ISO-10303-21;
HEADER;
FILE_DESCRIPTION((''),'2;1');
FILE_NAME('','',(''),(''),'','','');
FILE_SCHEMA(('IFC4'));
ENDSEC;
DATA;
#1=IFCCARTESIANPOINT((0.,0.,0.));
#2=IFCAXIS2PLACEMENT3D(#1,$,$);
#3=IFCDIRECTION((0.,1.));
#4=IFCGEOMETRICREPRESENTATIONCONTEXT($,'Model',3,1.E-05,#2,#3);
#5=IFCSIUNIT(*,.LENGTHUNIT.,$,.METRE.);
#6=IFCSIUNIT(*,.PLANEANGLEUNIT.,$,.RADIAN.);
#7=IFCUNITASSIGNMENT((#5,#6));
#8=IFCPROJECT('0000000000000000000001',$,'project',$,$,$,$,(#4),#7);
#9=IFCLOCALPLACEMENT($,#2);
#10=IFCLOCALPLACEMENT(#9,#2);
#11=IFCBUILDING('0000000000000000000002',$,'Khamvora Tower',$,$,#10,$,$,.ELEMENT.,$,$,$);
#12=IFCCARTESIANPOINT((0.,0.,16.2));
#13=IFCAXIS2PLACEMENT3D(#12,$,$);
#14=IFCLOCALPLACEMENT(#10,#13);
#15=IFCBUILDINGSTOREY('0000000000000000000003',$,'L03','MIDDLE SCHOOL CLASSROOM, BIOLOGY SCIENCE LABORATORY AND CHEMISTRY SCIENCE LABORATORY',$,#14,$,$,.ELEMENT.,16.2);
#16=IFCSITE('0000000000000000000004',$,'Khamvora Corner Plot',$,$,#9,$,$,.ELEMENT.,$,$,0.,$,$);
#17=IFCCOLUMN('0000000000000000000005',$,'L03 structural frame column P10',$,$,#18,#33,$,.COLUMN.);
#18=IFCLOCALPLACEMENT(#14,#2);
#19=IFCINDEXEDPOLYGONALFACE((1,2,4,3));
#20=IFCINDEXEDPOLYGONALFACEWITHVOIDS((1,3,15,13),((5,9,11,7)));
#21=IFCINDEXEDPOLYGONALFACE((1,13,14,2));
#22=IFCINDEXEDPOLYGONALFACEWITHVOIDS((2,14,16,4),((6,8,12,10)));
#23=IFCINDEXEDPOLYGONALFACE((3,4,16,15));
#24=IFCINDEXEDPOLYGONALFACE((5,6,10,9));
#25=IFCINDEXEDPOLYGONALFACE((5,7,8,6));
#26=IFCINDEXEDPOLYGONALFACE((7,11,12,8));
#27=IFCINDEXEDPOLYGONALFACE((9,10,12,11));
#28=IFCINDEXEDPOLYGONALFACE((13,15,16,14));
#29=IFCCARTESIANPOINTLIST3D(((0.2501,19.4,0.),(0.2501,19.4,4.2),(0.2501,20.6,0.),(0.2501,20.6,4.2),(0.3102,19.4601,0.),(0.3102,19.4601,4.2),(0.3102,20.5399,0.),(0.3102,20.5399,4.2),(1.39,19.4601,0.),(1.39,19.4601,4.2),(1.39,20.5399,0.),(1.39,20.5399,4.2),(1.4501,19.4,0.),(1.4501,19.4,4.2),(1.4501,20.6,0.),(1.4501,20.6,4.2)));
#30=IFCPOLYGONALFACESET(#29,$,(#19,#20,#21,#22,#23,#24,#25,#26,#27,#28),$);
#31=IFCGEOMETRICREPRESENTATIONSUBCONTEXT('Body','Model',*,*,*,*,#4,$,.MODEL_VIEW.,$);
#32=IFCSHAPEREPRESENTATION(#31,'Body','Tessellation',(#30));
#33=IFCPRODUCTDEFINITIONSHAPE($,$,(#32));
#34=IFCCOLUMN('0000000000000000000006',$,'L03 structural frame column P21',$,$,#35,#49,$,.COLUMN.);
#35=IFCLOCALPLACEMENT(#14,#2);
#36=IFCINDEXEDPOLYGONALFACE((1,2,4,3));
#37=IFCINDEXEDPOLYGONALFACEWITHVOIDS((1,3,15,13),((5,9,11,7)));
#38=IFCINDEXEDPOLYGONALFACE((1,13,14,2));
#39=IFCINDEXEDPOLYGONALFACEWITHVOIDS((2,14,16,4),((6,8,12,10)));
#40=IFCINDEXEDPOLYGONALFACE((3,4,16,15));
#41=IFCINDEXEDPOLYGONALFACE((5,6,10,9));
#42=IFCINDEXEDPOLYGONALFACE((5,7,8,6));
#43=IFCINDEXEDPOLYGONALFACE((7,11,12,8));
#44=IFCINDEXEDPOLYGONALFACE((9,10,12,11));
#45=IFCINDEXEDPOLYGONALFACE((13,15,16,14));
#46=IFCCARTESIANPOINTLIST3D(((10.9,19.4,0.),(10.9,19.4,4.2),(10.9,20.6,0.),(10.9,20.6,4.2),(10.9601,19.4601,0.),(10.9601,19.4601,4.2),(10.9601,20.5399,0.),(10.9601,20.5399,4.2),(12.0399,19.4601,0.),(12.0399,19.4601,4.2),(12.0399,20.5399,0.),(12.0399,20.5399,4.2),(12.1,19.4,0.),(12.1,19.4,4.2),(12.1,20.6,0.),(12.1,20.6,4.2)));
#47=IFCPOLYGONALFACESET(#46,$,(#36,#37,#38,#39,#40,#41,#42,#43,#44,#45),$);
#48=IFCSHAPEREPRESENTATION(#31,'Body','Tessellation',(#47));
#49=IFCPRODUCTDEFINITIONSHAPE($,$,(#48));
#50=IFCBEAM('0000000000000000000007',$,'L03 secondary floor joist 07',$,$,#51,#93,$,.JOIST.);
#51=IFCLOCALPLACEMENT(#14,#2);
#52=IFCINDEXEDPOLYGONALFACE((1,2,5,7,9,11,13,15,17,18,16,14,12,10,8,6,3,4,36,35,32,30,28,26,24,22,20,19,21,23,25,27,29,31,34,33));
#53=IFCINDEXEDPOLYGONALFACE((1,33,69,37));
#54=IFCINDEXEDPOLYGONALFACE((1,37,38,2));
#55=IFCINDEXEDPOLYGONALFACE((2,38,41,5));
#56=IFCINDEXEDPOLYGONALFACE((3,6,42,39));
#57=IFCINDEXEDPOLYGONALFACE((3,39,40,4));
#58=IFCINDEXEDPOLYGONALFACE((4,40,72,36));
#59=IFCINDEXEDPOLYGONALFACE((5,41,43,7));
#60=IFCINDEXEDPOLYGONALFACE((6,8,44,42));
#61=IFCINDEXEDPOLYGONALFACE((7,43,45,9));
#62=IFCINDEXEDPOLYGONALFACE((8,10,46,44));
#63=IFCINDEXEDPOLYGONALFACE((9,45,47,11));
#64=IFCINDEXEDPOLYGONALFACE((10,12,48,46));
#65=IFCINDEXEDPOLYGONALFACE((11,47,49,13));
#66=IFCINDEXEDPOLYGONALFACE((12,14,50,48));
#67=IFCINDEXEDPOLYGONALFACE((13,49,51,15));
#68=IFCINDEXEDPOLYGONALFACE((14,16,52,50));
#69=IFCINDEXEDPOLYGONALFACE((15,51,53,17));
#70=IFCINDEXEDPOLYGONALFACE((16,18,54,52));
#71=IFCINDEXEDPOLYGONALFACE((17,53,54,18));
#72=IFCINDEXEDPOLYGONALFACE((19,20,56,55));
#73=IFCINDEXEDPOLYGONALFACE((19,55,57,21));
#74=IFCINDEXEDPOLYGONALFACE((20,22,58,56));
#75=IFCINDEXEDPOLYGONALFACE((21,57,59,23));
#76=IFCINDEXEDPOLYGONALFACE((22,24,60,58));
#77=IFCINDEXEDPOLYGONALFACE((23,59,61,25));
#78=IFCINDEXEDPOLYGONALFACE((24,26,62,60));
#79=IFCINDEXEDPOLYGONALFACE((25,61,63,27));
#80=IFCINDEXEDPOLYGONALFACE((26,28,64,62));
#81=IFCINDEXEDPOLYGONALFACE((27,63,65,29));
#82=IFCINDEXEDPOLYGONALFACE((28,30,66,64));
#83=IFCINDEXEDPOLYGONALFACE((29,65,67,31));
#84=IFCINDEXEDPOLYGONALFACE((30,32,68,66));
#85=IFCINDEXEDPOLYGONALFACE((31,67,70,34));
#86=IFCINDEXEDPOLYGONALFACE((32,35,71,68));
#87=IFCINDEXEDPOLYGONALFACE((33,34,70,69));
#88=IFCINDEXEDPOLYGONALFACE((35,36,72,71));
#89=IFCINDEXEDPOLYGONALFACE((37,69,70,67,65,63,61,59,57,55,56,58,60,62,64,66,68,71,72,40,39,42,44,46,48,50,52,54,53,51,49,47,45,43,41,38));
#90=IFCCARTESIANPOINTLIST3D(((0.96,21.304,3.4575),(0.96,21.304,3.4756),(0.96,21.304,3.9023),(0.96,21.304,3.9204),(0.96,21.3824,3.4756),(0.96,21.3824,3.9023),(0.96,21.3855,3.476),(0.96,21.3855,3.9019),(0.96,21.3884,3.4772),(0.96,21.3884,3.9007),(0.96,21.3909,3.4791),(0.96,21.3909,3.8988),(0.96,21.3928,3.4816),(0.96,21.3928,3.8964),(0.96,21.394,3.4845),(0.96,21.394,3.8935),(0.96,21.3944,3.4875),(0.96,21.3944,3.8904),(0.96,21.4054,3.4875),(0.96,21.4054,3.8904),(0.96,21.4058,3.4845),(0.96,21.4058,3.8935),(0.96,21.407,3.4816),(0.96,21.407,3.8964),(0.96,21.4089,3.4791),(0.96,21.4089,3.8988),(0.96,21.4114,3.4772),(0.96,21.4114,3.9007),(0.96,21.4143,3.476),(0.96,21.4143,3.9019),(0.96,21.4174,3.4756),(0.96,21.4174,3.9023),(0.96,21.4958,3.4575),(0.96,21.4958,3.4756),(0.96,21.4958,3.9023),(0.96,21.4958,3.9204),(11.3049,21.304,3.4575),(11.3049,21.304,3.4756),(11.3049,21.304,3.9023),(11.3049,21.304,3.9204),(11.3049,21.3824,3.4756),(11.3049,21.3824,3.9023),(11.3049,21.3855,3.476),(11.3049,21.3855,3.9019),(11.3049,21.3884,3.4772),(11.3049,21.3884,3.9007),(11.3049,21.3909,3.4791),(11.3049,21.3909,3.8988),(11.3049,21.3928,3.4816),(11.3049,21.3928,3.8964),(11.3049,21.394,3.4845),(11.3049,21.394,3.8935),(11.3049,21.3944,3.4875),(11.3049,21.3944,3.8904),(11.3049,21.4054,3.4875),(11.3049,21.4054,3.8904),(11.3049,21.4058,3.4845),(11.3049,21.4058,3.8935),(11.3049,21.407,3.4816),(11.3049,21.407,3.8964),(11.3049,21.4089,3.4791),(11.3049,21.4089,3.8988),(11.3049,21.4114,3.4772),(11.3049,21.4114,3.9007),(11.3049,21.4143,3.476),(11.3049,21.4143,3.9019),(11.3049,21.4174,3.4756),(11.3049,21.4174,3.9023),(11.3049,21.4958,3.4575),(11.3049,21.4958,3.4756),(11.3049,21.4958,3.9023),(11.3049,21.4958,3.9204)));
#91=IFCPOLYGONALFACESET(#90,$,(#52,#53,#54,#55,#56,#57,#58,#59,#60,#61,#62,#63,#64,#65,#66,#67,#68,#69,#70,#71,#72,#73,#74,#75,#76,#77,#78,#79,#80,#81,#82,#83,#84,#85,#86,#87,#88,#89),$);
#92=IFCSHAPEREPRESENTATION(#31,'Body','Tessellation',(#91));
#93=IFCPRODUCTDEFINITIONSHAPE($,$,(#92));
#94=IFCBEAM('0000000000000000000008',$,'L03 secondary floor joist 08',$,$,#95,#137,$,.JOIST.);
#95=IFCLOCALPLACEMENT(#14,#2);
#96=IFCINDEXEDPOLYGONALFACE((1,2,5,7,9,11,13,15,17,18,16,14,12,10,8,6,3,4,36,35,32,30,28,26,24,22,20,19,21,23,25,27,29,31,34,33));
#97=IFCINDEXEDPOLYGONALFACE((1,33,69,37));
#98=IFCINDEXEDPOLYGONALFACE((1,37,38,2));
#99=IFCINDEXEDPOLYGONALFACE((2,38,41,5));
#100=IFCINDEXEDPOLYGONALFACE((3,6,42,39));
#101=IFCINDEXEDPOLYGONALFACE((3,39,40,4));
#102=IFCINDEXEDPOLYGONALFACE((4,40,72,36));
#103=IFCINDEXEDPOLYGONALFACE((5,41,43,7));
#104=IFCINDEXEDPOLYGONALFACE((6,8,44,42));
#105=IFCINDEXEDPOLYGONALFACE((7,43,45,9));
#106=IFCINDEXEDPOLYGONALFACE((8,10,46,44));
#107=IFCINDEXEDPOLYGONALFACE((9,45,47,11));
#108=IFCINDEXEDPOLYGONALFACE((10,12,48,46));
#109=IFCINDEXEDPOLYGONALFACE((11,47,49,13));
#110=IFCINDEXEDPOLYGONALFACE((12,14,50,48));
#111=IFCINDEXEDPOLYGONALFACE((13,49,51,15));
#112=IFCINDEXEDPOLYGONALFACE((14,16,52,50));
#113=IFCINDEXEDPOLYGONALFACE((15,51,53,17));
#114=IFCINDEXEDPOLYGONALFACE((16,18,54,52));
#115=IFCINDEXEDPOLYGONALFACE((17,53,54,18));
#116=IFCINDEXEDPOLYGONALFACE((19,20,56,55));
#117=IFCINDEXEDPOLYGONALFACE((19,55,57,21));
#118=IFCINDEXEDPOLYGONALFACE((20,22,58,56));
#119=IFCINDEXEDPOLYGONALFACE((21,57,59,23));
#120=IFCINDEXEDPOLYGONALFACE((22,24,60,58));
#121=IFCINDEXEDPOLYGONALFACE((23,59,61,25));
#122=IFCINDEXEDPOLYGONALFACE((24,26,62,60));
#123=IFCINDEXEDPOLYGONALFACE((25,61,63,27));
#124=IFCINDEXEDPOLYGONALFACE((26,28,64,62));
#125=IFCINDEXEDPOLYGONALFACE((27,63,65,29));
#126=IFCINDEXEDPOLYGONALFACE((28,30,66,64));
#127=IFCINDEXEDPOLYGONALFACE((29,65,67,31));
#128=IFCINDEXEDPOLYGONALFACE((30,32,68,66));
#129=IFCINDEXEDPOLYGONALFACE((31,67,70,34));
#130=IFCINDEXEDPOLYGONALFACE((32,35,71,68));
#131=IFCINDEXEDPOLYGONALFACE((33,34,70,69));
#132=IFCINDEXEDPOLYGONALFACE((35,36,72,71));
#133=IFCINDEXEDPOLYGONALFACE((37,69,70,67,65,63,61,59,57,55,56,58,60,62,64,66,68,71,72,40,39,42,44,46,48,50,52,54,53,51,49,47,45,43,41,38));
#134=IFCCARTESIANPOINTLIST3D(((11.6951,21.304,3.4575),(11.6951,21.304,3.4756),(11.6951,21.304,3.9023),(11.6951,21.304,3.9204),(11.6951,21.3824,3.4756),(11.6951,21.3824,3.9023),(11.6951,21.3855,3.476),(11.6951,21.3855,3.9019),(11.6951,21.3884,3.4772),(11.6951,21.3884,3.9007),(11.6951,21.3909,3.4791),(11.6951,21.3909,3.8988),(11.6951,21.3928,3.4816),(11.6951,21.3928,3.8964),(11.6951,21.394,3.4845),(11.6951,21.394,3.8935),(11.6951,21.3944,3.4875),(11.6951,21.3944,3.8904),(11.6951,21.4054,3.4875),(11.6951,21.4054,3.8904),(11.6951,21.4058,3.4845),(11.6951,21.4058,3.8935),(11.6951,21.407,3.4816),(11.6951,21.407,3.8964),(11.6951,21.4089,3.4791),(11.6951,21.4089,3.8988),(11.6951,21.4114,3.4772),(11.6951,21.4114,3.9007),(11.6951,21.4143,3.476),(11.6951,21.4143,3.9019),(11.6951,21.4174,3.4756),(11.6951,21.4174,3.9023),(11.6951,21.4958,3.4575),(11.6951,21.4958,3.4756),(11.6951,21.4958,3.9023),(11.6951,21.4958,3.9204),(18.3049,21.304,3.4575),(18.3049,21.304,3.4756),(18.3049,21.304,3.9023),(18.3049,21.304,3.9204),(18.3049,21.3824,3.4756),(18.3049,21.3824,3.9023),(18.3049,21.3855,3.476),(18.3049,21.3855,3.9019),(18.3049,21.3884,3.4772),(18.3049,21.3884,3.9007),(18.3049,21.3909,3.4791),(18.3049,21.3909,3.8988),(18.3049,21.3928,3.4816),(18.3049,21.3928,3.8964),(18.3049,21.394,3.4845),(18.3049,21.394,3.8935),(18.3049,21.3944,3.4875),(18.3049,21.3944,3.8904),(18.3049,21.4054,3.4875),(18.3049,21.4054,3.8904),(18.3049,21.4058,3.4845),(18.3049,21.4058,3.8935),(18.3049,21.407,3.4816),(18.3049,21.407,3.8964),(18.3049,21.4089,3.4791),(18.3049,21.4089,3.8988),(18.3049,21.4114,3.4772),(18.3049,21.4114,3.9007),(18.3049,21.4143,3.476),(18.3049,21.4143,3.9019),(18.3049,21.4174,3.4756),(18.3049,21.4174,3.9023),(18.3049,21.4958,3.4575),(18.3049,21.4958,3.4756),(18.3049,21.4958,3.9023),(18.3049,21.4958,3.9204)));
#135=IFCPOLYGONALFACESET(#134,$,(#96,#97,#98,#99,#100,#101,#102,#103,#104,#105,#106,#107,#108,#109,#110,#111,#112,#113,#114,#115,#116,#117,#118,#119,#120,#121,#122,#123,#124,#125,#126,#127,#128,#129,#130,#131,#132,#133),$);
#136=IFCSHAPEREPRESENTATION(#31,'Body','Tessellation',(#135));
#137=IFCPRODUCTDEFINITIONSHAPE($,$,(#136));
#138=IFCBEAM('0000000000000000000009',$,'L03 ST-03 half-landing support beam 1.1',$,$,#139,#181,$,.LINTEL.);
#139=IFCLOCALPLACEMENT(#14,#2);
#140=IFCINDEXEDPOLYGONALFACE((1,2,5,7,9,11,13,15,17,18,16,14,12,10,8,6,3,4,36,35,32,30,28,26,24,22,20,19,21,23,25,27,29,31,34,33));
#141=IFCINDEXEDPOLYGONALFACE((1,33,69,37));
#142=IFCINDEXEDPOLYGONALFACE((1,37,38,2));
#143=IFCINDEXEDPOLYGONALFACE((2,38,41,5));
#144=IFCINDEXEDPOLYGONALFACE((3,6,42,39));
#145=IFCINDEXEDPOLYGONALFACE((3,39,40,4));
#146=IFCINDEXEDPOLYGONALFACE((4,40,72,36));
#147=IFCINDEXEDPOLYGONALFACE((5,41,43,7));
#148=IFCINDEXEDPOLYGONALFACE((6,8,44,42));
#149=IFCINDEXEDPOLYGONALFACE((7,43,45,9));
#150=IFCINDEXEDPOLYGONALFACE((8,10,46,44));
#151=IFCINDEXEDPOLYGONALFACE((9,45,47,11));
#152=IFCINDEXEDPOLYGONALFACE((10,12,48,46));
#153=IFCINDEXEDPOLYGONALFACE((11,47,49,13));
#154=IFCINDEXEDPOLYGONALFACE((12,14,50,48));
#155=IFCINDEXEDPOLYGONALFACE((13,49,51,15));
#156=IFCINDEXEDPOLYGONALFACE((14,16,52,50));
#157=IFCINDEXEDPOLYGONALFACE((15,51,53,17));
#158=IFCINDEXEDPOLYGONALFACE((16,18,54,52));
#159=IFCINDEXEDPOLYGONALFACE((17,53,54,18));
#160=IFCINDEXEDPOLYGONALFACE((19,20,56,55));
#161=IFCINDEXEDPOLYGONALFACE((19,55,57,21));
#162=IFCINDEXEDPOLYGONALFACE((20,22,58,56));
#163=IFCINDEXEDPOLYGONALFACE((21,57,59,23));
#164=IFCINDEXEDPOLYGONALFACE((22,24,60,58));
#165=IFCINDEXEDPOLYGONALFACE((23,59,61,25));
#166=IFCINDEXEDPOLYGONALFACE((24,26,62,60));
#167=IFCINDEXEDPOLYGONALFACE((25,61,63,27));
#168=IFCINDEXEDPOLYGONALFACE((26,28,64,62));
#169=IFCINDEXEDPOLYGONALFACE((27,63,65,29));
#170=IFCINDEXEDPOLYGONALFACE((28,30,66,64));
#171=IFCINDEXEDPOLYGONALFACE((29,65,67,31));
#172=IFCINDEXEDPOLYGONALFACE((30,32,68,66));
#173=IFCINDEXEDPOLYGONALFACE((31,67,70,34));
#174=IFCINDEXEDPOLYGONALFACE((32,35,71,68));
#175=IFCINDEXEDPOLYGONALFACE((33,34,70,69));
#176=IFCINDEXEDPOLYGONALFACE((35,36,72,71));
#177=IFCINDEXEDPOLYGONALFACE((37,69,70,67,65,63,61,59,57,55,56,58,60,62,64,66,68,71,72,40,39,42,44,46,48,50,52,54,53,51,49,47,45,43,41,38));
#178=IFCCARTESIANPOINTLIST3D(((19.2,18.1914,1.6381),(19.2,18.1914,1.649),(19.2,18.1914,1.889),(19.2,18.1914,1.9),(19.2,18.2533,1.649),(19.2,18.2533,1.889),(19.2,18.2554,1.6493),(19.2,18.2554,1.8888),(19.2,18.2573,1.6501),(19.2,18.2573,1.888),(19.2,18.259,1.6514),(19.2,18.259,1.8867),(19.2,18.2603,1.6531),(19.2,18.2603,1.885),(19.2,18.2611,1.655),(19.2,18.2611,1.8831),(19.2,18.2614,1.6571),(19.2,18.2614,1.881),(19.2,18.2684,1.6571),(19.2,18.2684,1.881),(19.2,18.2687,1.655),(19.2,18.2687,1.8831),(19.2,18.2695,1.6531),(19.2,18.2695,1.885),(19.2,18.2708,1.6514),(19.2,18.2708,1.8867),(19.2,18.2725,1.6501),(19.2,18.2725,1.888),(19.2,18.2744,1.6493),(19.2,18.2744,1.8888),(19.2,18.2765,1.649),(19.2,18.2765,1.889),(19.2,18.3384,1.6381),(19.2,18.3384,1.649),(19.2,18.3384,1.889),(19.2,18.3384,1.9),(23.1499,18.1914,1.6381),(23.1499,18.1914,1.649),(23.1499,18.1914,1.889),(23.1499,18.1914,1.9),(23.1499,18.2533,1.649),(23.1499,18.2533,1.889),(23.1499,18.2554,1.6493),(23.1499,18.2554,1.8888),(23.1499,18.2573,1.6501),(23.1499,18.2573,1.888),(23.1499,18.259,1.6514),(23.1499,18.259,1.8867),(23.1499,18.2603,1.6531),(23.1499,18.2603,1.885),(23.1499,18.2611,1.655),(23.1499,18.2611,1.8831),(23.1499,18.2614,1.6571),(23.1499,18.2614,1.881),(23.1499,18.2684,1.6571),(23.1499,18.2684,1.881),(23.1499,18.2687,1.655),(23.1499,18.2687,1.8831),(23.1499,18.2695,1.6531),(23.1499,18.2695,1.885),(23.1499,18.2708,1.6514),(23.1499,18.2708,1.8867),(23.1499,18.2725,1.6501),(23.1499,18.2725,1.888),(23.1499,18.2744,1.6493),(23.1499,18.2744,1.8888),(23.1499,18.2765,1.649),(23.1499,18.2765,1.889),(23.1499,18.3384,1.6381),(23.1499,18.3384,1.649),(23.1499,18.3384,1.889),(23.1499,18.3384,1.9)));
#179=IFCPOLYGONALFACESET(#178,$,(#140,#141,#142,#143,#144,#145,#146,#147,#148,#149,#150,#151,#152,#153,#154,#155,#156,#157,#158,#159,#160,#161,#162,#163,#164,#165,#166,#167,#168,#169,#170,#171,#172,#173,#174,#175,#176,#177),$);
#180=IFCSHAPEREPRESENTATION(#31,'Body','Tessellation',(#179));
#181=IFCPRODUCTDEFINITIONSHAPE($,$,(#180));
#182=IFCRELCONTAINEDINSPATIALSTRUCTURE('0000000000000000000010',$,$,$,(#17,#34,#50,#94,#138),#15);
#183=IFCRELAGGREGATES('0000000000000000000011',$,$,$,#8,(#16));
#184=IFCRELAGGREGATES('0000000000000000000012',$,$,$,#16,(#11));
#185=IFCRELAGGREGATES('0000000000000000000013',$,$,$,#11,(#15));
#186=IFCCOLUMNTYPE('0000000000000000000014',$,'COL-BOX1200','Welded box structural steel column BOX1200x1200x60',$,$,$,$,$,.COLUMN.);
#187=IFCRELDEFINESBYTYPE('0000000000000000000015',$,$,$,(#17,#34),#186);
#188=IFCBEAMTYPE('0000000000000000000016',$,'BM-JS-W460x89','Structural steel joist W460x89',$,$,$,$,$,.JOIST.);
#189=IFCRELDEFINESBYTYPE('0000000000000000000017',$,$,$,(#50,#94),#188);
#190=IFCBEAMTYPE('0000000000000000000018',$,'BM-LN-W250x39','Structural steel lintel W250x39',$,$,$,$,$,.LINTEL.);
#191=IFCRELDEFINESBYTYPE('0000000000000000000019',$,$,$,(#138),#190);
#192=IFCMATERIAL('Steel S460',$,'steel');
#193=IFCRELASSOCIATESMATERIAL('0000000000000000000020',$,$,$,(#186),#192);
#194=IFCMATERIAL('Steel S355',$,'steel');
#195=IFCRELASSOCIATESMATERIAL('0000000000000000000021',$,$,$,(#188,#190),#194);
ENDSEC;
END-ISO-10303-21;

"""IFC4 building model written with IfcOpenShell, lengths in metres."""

from ifc_helpers import new_model, si_unit, direction, frame, origin, origin_2d, place, context, subcontext, project, spatial, hollow_rectangle, i_section, extrude, material, material_profile, profile_set, type_object, element, save


model = new_model("IFC4")

# Units and contexts
model_context = context("Model", 3, precision=1e-05, world=origin(), true_north=direction((0.0, 1.0)))
body_context = subcontext(model_context, "Body", "Model", "MODEL_VIEW")
ifc_project = project(units=[si_unit("LENGTHUNIT", "METRE"), si_unit("PLANEANGLEUNIT", "RADIAN")], contexts=[model_context])

# Site, building, storey
site_placement = place(None, origin())
site = spatial("IfcSite", under=ifc_project, at=site_placement, Name="Khamvora Corner Plot", CompositionType="ELEMENT", RefElevation=0.0)
building_placement = place(site_placement, origin())
building = spatial("IfcBuilding", under=site, at=building_placement, Name="Khamvora Tower", CompositionType="ELEMENT")
storey_placement = place(building_placement, frame((0.0, 0.0, 16.2)))
storey = spatial("IfcBuildingStorey", under=building, at=storey_placement, Name="L03", Description="MIDDLE SCHOOL CLASSROOM, BIOLOGY SCIENCE LABORATORY AND CHEMISTRY SCIENCE LABORATORY", CompositionType="ELEMENT", Elevation=16.2)

# Columns
ifc_material_1 = material(Name="Steel S460", Category="steel")
ifc_material_profile_1 = material_profile(ifc_material_1, hollow_rectangle(XDim=1.2, YDim=1.2, WallThickness=0.0601, at=origin_2d()), Name="BOX1200x1200x60")
ifc_profile_set_1 = profile_set([ifc_material_profile_1], Name="Steel S460")
column_type = type_object("IfcColumnType", Name="COL-BOX1200", Description="Welded box structural steel column BOX1200x1200x60", PredefinedType="COLUMN", material=ifc_profile_set_1)
for number, where, z_axis, x_axis, name in (
    (1, (0.8501, 20.0, 0.0), (0.0, 0.0, 1.0), (1.0, 0.0, 0.0), "L03 structural frame column P10"),
    (2, (11.5, 20.0, 0.0), (0.0, 0.0, 1.0), (1.0, 0.0, 0.0), "L03 structural frame column P21"),
):
    element("IfcColumn", number, at=place(storey_placement, frame(where, z_axis=z_axis, x_axis=x_axis)), inside=storey, type_object=column_type, Name=name, PredefinedType="COLUMN", context=body_context, shape_type="SweptSolid", body=[
        extrude(hollow_rectangle(XDim=1.2, YDim=1.2, WallThickness=0.0601, at=origin_2d()), origin(), (0.0, 0.0, 1.0), 4.2),
    ])

# Beams
ifc_material_2 = material(Name="Steel S355", Category="steel")
ifc_material_profile_2 = material_profile(ifc_material_2, i_section(OverallWidth=0.1919, OverallDepth=0.4629, WebThickness=0.011, FlangeThickness=0.0181, FilletRadius=0.012, at=origin_2d()), Name="W460x89")
ifc_profile_set_2 = profile_set([ifc_material_profile_2], Name="Steel S355")
beam_type_1 = type_object("IfcBeamType", Name="BM-JS-W460x89", Description="Structural steel joist W460x89", PredefinedType="JOIST", material=ifc_profile_set_2)
beam_1_placement = place(storey_placement, frame((0.96, 21.3999, 3.689), z_axis=(1.0, 0.0, 0.0), x_axis=(0.0, 1.0, 0.0)))
element("IfcBeam", 3, at=beam_1_placement, inside=storey, type_object=beam_type_1, Name="L03 secondary floor joist 07", PredefinedType="JOIST", context=body_context, shape_type="SweptSolid", body=[
    extrude(i_section(OverallWidth=0.1919, OverallDepth=0.4629, WebThickness=0.011, FlangeThickness=0.0181, FilletRadius=0.012, at=origin_2d()), origin(), (0.0, 0.0, 1.0), 10.345),
])
beam_2_placement = place(storey_placement, frame((11.6951, 21.3999, 3.689), z_axis=(1.0, 0.0, 0.0), x_axis=(0.0, 1.0, 0.0)))
element("IfcBeam", 4, at=beam_2_placement, inside=storey, type_object=beam_type_1, Name="L03 secondary floor joist 08", PredefinedType="JOIST", context=body_context, shape_type="SweptSolid", body=[
    extrude(i_section(OverallWidth=0.1919, OverallDepth=0.4629, WebThickness=0.011, FlangeThickness=0.0181, FilletRadius=0.012, at=origin_2d()), origin(), (0.0, 0.0, 1.0), 6.6099),
])
ifc_material_profile_3 = material_profile(ifc_material_2, i_section(OverallWidth=0.147, OverallDepth=0.262, WebThickness=0.0071, FlangeThickness=0.011, FilletRadius=0.0081, at=origin_2d()), Name="W250x39")
ifc_profile_set_3 = profile_set([ifc_material_profile_3], Name="Steel S355")
beam_type_2 = type_object("IfcBeamType", Name="BM-LN-W250x39", Description="Structural steel lintel W250x39", PredefinedType="LINTEL", material=ifc_profile_set_3)
for number, where, z_axis, x_axis, name in (
    (5, (19.2, 18.2649, 1.769), (1.0, 0.0, 0.0), (0.0, 1.0, 0.0), "L03 ST-03 half-landing support beam 1.1"),
):
    element("IfcBeam", number, at=place(storey_placement, frame(where, z_axis=z_axis, x_axis=x_axis)), inside=storey, type_object=beam_type_2, Name=name, PredefinedType="LINTEL", context=body_context, shape_type="SweptSolid", body=[
        extrude(i_section(OverallWidth=0.147, OverallDepth=0.262, WebThickness=0.0071, FlangeThickness=0.011, FilletRadius=0.0081, at=origin_2d()), origin(), (0.0, 0.0, 1.0), 3.95),
    ])

save(model, "model.ifc")
